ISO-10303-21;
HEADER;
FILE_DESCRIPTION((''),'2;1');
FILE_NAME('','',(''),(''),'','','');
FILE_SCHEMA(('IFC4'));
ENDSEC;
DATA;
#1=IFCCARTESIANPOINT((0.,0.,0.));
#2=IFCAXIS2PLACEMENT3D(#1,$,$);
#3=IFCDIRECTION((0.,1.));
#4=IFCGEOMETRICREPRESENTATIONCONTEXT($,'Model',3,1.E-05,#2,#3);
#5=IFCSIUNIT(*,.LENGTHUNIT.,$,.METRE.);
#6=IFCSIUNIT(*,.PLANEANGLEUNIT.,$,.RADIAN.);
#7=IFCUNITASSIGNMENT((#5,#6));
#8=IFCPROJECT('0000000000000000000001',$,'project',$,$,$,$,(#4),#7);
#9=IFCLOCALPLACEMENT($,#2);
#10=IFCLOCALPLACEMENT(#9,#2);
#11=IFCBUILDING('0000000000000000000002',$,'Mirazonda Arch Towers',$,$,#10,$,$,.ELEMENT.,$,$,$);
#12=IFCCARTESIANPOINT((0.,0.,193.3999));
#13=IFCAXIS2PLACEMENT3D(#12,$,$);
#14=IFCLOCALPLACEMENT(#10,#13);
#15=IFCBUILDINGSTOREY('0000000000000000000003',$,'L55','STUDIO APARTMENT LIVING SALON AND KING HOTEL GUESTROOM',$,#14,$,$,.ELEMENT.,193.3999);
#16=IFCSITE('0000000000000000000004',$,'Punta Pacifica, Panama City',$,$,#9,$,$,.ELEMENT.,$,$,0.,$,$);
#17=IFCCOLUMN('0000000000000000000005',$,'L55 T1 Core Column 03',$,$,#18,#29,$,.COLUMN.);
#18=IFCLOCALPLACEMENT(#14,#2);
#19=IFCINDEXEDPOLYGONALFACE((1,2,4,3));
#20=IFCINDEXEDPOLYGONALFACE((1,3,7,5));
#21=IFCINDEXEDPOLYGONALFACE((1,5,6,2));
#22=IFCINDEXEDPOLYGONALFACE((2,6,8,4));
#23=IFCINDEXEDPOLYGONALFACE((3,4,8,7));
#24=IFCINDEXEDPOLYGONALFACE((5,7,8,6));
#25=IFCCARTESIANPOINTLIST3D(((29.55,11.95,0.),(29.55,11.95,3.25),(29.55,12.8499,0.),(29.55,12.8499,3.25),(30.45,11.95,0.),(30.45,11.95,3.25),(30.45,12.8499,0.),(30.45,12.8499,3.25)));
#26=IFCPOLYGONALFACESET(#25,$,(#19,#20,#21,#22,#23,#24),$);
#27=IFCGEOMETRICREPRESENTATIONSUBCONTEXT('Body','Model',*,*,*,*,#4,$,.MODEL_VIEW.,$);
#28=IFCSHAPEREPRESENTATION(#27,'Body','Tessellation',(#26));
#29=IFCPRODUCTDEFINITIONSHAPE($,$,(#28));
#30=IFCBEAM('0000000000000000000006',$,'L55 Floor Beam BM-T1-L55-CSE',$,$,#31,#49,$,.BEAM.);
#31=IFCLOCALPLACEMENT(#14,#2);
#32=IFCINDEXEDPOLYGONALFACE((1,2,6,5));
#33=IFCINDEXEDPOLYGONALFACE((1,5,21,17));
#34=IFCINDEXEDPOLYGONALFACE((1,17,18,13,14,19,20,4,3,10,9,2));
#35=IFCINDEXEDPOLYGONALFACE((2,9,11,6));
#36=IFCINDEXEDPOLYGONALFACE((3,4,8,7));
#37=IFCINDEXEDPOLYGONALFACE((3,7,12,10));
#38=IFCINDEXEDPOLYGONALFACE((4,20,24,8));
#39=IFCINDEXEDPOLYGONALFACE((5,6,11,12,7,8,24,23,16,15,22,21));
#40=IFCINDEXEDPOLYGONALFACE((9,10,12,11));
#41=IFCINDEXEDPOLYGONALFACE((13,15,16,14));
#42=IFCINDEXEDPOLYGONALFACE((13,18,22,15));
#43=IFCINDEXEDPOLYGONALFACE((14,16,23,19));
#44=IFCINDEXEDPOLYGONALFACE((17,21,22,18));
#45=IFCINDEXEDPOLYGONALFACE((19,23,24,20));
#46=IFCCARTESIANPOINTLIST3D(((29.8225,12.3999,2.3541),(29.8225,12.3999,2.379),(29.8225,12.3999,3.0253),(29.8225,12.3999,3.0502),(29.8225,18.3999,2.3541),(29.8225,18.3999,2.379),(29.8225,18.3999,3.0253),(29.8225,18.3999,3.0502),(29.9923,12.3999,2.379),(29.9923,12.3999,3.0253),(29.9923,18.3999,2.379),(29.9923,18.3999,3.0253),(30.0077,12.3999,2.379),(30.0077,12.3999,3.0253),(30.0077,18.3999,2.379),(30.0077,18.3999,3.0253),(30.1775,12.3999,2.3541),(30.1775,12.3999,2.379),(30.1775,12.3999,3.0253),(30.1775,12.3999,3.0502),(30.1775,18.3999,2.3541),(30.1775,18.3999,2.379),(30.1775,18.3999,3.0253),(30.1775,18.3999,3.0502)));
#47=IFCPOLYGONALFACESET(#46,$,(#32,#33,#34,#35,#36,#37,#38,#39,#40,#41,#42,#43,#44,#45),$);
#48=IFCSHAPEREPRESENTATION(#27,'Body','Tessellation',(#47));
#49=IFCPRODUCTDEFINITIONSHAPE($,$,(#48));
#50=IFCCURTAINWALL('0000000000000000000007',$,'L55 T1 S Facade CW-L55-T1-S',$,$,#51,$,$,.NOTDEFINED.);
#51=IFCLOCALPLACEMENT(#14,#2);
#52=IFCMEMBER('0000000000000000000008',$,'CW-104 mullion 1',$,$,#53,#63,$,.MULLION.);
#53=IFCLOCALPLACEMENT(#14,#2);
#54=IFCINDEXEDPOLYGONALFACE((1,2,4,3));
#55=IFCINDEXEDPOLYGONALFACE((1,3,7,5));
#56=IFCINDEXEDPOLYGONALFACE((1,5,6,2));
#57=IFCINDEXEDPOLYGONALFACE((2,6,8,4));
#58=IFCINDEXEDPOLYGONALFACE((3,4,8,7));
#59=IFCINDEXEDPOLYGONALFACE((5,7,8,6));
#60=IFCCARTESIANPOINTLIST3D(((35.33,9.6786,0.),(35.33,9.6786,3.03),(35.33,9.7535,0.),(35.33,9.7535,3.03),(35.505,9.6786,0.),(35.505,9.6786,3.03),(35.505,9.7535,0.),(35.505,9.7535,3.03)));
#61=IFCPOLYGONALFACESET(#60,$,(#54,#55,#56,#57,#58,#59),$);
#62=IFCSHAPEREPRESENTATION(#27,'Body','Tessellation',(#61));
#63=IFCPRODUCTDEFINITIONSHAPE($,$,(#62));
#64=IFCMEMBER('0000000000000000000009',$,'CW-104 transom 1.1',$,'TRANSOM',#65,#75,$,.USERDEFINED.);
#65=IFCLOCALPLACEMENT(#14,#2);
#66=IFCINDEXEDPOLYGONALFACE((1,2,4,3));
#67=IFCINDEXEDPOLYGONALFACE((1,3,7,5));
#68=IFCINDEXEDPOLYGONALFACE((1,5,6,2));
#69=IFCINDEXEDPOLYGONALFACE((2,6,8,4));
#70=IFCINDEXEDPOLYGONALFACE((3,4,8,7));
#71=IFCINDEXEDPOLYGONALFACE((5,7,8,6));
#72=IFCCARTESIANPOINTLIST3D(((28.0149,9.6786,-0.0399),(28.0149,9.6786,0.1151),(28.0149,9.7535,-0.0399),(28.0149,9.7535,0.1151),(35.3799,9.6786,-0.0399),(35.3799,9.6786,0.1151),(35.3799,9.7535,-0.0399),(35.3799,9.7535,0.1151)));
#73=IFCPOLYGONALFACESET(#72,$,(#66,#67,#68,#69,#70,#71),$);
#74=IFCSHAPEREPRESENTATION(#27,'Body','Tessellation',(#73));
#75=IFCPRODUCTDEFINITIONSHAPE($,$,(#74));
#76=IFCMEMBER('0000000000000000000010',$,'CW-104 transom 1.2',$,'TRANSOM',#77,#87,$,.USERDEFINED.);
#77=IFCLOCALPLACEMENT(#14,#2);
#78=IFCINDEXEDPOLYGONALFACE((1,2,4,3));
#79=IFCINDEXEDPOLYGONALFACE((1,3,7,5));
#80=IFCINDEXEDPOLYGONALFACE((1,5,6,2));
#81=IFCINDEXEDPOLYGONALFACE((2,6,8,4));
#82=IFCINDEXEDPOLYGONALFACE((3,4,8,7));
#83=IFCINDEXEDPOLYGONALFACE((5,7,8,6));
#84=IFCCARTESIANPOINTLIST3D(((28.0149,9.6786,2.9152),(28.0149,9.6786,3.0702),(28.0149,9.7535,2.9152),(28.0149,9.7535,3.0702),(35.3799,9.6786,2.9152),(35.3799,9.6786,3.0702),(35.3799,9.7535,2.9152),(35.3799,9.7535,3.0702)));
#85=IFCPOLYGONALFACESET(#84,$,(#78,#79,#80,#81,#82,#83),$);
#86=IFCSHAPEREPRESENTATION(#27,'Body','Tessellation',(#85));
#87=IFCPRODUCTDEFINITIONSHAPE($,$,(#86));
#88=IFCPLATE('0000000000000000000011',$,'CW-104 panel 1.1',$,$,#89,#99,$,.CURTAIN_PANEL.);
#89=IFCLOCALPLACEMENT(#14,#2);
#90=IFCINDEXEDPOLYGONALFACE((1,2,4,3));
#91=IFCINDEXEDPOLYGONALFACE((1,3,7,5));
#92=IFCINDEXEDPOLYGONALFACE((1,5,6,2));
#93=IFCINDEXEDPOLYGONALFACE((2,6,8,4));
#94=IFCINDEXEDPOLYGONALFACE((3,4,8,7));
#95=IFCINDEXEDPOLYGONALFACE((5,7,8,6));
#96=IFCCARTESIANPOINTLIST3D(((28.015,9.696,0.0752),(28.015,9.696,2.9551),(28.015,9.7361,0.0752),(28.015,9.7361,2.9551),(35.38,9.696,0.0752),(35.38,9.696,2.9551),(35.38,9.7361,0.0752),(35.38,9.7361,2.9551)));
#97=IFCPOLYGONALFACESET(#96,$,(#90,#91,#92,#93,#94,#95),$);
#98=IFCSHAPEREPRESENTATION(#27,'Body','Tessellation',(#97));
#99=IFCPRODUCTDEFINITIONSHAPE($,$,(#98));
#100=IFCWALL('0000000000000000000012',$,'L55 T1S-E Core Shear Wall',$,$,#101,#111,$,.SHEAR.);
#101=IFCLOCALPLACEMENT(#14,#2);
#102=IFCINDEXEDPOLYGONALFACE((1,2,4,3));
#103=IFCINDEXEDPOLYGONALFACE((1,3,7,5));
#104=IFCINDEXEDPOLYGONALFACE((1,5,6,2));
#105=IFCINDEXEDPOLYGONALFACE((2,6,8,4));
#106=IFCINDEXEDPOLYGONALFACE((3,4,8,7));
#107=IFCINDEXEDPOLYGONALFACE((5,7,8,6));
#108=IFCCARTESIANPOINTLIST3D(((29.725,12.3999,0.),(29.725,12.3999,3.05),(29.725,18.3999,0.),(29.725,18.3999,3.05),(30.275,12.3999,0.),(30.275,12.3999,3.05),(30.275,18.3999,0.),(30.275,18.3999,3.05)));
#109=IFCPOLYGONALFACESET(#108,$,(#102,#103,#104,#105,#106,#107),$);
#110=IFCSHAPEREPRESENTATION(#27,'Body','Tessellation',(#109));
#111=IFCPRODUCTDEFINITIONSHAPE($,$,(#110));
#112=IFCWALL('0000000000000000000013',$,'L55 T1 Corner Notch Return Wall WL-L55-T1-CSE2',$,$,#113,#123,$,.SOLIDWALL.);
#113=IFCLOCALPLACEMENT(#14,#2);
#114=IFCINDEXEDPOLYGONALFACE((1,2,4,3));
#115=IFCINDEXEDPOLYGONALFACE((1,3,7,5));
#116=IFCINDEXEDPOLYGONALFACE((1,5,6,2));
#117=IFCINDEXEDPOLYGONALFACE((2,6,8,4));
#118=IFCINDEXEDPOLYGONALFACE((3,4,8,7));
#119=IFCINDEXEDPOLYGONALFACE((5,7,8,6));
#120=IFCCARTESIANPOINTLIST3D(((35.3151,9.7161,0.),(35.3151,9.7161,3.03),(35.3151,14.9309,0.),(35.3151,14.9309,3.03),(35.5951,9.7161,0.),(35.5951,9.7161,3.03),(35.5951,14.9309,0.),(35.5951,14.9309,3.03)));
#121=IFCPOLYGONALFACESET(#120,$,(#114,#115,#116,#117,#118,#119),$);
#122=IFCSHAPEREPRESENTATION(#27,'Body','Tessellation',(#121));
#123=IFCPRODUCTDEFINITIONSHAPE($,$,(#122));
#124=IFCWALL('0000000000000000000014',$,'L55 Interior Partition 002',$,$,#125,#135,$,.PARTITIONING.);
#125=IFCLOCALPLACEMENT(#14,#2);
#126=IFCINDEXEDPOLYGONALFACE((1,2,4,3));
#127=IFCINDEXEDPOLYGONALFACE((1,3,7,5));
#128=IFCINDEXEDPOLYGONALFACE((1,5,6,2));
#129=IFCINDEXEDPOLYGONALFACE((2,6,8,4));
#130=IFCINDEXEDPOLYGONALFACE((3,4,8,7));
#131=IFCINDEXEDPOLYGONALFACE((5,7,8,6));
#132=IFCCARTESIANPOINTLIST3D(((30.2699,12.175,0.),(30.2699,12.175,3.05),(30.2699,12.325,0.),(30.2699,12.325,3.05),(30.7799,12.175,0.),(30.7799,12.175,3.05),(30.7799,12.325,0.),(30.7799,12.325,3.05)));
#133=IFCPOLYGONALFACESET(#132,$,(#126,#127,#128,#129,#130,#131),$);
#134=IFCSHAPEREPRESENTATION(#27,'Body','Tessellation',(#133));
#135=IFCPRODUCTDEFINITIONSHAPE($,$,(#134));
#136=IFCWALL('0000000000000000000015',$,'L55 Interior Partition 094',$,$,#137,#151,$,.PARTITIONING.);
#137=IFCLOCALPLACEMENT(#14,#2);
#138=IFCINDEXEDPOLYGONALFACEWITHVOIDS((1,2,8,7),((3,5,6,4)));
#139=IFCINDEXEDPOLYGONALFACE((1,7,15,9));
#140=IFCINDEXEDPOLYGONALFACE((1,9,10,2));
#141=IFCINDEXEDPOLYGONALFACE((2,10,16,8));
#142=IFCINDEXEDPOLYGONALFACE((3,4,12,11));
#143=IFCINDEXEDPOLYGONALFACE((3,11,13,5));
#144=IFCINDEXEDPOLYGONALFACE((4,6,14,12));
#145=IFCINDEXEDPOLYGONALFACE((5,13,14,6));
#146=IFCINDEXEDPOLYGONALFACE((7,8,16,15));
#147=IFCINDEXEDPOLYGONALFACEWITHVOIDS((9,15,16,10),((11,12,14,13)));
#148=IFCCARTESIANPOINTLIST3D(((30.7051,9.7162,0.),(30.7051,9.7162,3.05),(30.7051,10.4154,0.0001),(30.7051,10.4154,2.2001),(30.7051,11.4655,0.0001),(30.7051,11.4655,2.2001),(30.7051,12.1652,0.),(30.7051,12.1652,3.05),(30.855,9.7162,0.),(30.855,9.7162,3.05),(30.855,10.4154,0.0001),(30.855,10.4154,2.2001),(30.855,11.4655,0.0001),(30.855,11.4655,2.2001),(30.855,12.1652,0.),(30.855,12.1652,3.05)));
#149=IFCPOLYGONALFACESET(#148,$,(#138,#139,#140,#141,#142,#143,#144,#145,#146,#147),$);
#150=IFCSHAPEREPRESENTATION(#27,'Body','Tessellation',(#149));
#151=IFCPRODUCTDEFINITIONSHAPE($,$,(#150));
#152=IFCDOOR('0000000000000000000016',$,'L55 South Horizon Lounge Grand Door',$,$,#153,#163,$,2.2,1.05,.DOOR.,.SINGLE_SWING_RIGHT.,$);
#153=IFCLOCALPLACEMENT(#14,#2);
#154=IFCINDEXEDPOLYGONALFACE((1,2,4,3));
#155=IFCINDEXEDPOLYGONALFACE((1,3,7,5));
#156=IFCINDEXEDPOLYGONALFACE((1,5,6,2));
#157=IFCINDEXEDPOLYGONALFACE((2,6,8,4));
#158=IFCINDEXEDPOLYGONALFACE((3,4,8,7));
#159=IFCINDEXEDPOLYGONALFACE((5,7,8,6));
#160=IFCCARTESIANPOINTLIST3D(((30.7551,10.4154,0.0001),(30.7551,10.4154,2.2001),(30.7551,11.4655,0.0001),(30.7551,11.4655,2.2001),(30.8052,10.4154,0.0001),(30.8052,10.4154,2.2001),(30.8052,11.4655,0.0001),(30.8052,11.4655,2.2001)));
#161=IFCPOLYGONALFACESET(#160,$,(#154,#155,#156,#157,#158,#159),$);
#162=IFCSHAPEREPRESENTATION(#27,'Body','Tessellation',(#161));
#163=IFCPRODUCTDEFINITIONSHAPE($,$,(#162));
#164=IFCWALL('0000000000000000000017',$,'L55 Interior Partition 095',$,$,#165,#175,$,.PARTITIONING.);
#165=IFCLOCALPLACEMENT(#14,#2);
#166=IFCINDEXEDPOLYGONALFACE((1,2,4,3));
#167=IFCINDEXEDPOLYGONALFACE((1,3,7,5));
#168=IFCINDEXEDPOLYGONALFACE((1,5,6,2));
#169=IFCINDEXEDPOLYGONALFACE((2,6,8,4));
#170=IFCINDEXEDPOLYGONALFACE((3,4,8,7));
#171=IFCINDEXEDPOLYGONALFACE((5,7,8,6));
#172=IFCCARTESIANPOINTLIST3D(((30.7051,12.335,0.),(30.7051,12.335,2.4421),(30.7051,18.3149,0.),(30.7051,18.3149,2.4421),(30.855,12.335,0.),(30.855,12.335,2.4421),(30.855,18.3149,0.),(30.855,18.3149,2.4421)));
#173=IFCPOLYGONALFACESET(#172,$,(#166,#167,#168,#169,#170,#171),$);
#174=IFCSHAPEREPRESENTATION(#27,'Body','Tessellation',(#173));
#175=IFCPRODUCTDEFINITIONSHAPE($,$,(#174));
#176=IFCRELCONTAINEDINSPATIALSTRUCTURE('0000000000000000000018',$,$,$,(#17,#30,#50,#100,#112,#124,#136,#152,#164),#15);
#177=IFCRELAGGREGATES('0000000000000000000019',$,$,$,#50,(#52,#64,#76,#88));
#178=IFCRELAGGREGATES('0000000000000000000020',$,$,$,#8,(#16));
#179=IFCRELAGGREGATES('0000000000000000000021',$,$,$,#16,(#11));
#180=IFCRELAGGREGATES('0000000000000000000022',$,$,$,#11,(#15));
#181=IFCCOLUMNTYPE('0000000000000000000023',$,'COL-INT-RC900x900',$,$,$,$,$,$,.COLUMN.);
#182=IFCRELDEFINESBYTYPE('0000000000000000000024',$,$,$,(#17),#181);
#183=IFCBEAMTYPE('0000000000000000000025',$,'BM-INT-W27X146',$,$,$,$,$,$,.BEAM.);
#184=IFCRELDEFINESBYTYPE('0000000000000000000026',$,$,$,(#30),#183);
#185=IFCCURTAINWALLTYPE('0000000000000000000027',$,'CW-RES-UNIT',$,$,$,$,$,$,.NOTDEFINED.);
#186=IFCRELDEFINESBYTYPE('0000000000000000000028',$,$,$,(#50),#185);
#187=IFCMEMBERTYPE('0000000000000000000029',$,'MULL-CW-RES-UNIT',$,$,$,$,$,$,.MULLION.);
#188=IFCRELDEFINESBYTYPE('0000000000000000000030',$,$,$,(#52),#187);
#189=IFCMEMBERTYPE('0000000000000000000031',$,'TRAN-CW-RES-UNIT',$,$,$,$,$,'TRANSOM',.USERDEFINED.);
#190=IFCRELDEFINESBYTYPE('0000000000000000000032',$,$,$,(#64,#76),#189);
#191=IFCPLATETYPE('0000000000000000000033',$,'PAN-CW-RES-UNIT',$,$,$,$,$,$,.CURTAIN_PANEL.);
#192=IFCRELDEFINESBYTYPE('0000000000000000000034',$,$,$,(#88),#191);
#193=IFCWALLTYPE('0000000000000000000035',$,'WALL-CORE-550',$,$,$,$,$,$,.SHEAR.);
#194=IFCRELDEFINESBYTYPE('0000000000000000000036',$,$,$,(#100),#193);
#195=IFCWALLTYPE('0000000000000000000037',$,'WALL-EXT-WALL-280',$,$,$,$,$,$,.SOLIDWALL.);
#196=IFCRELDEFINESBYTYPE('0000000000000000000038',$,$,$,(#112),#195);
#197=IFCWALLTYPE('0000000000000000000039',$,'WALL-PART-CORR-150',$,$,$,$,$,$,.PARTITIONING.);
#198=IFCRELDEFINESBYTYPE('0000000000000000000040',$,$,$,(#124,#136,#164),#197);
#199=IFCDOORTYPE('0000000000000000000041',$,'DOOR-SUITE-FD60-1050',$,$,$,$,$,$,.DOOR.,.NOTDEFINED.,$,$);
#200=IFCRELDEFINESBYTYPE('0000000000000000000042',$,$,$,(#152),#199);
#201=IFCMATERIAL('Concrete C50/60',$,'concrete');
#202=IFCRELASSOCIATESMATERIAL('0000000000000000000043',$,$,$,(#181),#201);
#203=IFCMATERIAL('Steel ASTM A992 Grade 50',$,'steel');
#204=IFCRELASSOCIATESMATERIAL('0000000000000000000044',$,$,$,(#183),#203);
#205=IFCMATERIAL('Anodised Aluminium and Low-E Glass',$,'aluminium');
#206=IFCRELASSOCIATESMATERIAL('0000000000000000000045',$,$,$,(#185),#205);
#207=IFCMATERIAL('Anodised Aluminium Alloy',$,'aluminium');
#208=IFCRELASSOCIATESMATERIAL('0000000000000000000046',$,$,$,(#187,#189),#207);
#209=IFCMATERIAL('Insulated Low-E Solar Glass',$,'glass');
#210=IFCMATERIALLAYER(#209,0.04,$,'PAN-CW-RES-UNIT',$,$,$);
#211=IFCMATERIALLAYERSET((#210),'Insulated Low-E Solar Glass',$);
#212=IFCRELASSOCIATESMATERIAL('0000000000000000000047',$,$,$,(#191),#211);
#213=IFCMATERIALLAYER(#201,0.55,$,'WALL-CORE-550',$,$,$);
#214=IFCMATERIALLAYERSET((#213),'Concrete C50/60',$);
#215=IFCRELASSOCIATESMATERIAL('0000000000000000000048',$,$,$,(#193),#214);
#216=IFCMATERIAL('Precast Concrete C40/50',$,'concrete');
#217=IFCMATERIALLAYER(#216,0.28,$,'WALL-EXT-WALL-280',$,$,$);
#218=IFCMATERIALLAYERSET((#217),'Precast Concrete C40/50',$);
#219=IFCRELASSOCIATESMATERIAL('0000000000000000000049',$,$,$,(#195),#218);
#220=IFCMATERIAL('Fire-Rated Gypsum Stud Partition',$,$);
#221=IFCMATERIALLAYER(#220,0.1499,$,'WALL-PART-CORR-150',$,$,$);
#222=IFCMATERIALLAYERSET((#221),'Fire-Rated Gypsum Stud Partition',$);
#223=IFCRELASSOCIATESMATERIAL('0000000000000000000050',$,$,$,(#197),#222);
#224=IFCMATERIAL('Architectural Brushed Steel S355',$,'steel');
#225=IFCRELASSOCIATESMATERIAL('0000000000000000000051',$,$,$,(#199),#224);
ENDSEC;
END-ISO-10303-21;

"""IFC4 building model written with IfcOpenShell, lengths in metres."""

from ifc_helpers import new_model, si_unit, direction, frame, frame_2d, origin, origin_2d, place, context, subcontext, project, spatial, rectangle, i_section, extrude, material, layer, layer_set, material_profile, profile_set, type_object, element, fill, aggregate, save


model = new_model("IFC4")

# Units and contexts
model_context = context("Model", 3, precision=1e-05, world=origin(), true_north=direction((0.0, 1.0)))
body_context = subcontext(model_context, "Body", "Model", "MODEL_VIEW")
ifc_project = project(units=[si_unit("LENGTHUNIT", "METRE"), si_unit("PLANEANGLEUNIT", "RADIAN")], contexts=[model_context])

# Site, building, storey
site_placement = place(None, origin())
site = spatial("IfcSite", under=ifc_project, at=site_placement, Name="Punta Pacifica, Panama City", CompositionType="ELEMENT", RefElevation=0.0)
building_placement = place(site_placement, origin())
building = spatial("IfcBuilding", under=site, at=building_placement, Name="Mirazonda Arch Towers", CompositionType="ELEMENT")
storey_placement = place(building_placement, frame((0.0, 0.0, 193.3999)))
storey = spatial("IfcBuildingStorey", under=building, at=storey_placement, Name="L55", Description="STUDIO APARTMENT LIVING SALON AND KING HOTEL GUESTROOM", CompositionType="ELEMENT", Elevation=193.3999)

# Column
ifc_material_1 = material(Name="Concrete C50/60", Category="concrete")
ifc_material_profile_1 = material_profile(ifc_material_1, rectangle(XDim=0.8999, YDim=0.8999, at=origin_2d()), Name="RC900x900")
ifc_profile_set_1 = profile_set([ifc_material_profile_1], Name="Concrete C50/60")
column_type = type_object("IfcColumnType", Name="COL-INT-RC900x900", PredefinedType="COLUMN", material=ifc_profile_set_1)
column_placement = place(storey_placement, frame((30.0, 12.3999, 0.0), z_axis=(0.0, 0.0, 1.0), x_axis=(1.0, 0.0, 0.0)))
element("IfcColumn", 1, at=column_placement, inside=storey, type_object=column_type, Name="L55 T1 Core Column 03", PredefinedType="COLUMN", context=body_context, shape_type="SweptSolid", body=[
    extrude(rectangle(XDim=0.8999, YDim=0.8999, at=origin_2d()), origin(), (0.0, 0.0, 1.0), 3.25),
])

# Beam
ifc_material_2 = material(Name="Steel ASTM A992 Grade 50", Category="steel")
ifc_material_profile_2 = material_profile(ifc_material_2, i_section(OverallWidth=0.355, OverallDepth=0.696, WebThickness=0.0154, FlangeThickness=0.0249, at=origin_2d()), Name="W27X146")
ifc_profile_set_2 = profile_set([ifc_material_profile_2], Name="Steel ASTM A992 Grade 50")
beam_type = type_object("IfcBeamType", Name="BM-INT-W27X146", PredefinedType="BEAM", material=ifc_profile_set_2)
beam_placement = place(storey_placement, frame((30.0, 12.3999, 2.7021), z_axis=(0.0, 1.0, 0.0), x_axis=(-1.0, 0.0, 0.0)))
element("IfcBeam", 2, at=beam_placement, inside=storey, type_object=beam_type, Name="L55 Floor Beam BM-T1-L55-CSE", PredefinedType="BEAM", context=body_context, shape_type="SweptSolid", body=[
    extrude(i_section(OverallWidth=0.355, OverallDepth=0.696, WebThickness=0.0154, FlangeThickness=0.0249, at=origin_2d()), origin(), (0.0, 0.0, 1.0), 6.0),
])

# Curtain wall, members, plate
ifc_material_3 = material(Name="Anodised Aluminium and Low-E Glass", Category="aluminium")
curtain_wall_type = type_object("IfcCurtainWallType", Name="CW-RES-UNIT", PredefinedType="NOTDEFINED", material=ifc_material_3)
curtain_wall_placement = place(storey_placement, origin())
curtain_wall = element("IfcCurtainWall", 3, at=curtain_wall_placement, inside=storey, type_object=curtain_wall_type, Name="L55 T1 S Facade CW-L55-T1-S", PredefinedType="NOTDEFINED")
ifc_material_4 = material(Name="Anodised Aluminium Alloy", Category="aluminium")
ifc_material_profile_3 = material_profile(ifc_material_4, rectangle(XDim=0.075, YDim=0.175, at=origin_2d()), Name="ALU-MULL-75x175")
ifc_profile_set_3 = profile_set([ifc_material_profile_3], Name="Anodised Aluminium Alloy")
member_type_1 = type_object("IfcMemberType", Name="MULL-CW-RES-UNIT", PredefinedType="MULLION", material=ifc_profile_set_3)
member_1_placement = place(storey_placement, frame((35.4175, 9.7161, 0.0), z_axis=(0.0, 0.0, 1.0), x_axis=(0.0, -1.0, 0.0)))
member_1 = element("IfcMember", 4, at=member_1_placement, type_object=member_type_1, Name="CW-104 mullion 1", PredefinedType="MULLION", context=body_context, shape_type="SweptSolid", body=[
    extrude(rectangle(XDim=0.075, YDim=0.175, at=origin_2d()), origin(), (0.0, 0.0, 1.0), 3.03),
])
ifc_material_profile_4 = material_profile(ifc_material_4, rectangle(XDim=0.075, YDim=0.155, at=origin_2d()), Name="ALU-TRAN-75x155")
ifc_profile_set_4 = profile_set([ifc_material_profile_4], Name="Anodised Aluminium Alloy")
member_type_2 = type_object("IfcMemberType", Name="TRAN-CW-RES-UNIT", ElementType="TRANSOM", PredefinedType="USERDEFINED", material=ifc_profile_set_4)
member_2_placement = place(storey_placement, frame((35.3799, 9.7161, 0.0376), z_axis=(-1.0, 0.0, 0.0), x_axis=(0.0, -1.0, 0.0)))
member_2 = element("IfcMember", 5, at=member_2_placement, type_object=member_type_2, Name="CW-104 transom 1.1", ObjectType="TRANSOM", PredefinedType="USERDEFINED", context=body_context, shape_type="SweptSolid", body=[
    extrude(rectangle(XDim=0.075, YDim=0.155, at=origin_2d()), origin(), (0.0, 0.0, 1.0), 7.365),
])
member_3_placement = place(storey_placement, frame((35.3799, 9.7161, 2.9927), z_axis=(-1.0, 0.0, 0.0), x_axis=(0.0, -1.0, 0.0)))
member_3 = element("IfcMember", 6, at=member_3_placement, type_object=member_type_2, Name="CW-104 transom 1.2", ObjectType="TRANSOM", PredefinedType="USERDEFINED", context=body_context, shape_type="SweptSolid", body=[
    extrude(rectangle(XDim=0.075, YDim=0.155, at=origin_2d()), origin(), (0.0, 0.0, 1.0), 7.365),
])
ifc_material_5 = material(Name="Insulated Low-E Solar Glass", Category="glass")
ifc_layer_1 = layer(ifc_material_5, 0.04, Name="PAN-CW-RES-UNIT")
ifc_layer_set_1 = layer_set([ifc_layer_1], Name="Insulated Low-E Solar Glass")
plate_type = type_object("IfcPlateType", Name="PAN-CW-RES-UNIT", PredefinedType="CURTAIN_PANEL", material=ifc_layer_set_1)
plate_placement = place(storey_placement, frame((31.6975, 9.7161, 0.0752), z_axis=(0.0, 0.0, 1.0), x_axis=(-1.0, 0.0, 0.0)))
plate = element("IfcPlate", 7, at=plate_placement, type_object=plate_type, Name="CW-104 panel 1.1", PredefinedType="CURTAIN_PANEL", context=body_context, shape_type="SweptSolid", body=[
    extrude(rectangle(XDim=7.365, YDim=0.04, at=origin_2d()), origin(), (0.0, 0.0, 1.0), 2.8799),
])
aggregate(curtain_wall, [member_1, member_2, member_3, plate])

# Walls
ifc_layer_2 = layer(ifc_material_1, 0.55, Name="WALL-CORE-550")
ifc_layer_set_2 = layer_set([ifc_layer_2], Name="Concrete C50/60")
wall_type_1 = type_object("IfcWallType", Name="WALL-CORE-550", PredefinedType="SHEAR", material=ifc_layer_set_2)
wall_1_placement = place(storey_placement, frame((30.0, 12.3999, 0.0), z_axis=(0.0, 0.0, 1.0), x_axis=(0.0, 1.0, 0.0)))
element("IfcWall", 8, at=wall_1_placement, inside=storey, type_object=wall_type_1, Name="L55 T1S-E Core Shear Wall", PredefinedType="SHEAR", context=body_context, shape_type="SweptSolid", body=[
    extrude(rectangle(XDim=6.0, YDim=0.55, at=frame_2d((3.0, 0.0))), origin(), (0.0, 0.0, 1.0), 3.05),
])
ifc_material_6 = material(Name="Precast Concrete C40/50", Category="concrete")
ifc_layer_3 = layer(ifc_material_6, 0.28, Name="WALL-EXT-WALL-280")
ifc_layer_set_3 = layer_set([ifc_layer_3], Name="Precast Concrete C40/50")
wall_type_2 = type_object("IfcWallType", Name="WALL-EXT-WALL-280", PredefinedType="SOLIDWALL", material=ifc_layer_set_3)
wall_2_placement = place(storey_placement, frame((35.4551, 9.7161, 0.0), z_axis=(0.0, 0.0, 1.0), x_axis=(0.0, 1.0, 0.0)))
element("IfcWall", 9, at=wall_2_placement, inside=storey, type_object=wall_type_2, Name="L55 T1 Corner Notch Return Wall WL-L55-T1-CSE2", PredefinedType="SOLIDWALL", context=body_context, shape_type="SweptSolid", body=[
    extrude(rectangle(XDim=5.2148, YDim=0.28, at=frame_2d((2.6074, 0.0))), origin(), (0.0, 0.0, 1.0), 3.03),
])
ifc_material_7 = material(Name="Fire-Rated Gypsum Stud Partition")
ifc_layer_4 = layer(ifc_material_7, 0.1499, Name="WALL-PART-CORR-150")
ifc_layer_set_4 = layer_set([ifc_layer_4], Name="Fire-Rated Gypsum Stud Partition")
wall_type_3 = type_object("IfcWallType", Name="WALL-PART-CORR-150", PredefinedType="PARTITIONING", material=ifc_layer_set_4)
wall_3_placement = place(storey_placement, frame((30.27, 12.25, 0.0), z_axis=(0.0, 0.0, 1.0), x_axis=(1.0, 0.0, 0.0)))
element("IfcWall", 10, at=wall_3_placement, inside=storey, type_object=wall_type_3, Name="L55 Interior Partition 002", PredefinedType="PARTITIONING", context=body_context, shape_type="SweptSolid", body=[
    extrude(rectangle(XDim=0.51, YDim=0.1499, at=frame_2d((0.2549, 0.0))), origin(), (0.0, 0.0, 1.0), 3.05),
])

# Wall, opening, door
wall_4_placement = place(storey_placement, frame((30.78, 9.7161, 0.0), z_axis=(0.0, 0.0, 1.0), x_axis=(0.0, 1.0, 0.0)))
wall_4 = element("IfcWall", 11, at=wall_4_placement, inside=storey, type_object=wall_type_3, Name="L55 Interior Partition 094", PredefinedType="PARTITIONING", context=body_context, shape_type="SweptSolid", body=[
    extrude(rectangle(XDim=2.449, YDim=0.1499, at=frame_2d((1.2246, 0.0))), origin(), (0.0, 0.0, 1.0), 3.05),
])
opening_1_placement = place(wall_4_placement, frame((0.6995, 0.0, 0.0)))
opening_1 = element("IfcOpeningElement", 12, at=opening_1_placement, cuts=wall_4, PredefinedType="OPENING", context=body_context, shape_type="SweptSolid", body=[
    extrude(rectangle(XDim=1.05, YDim=2.2, at=frame_2d((0.5249, 1.1001))), frame((0.0, 0.085, 0.0), z_axis=(0.0, -1.0, 0.0), x_axis=(1.0, 0.0, 0.0)), (0.0, 0.0, 1.0), 0.1699),
])
ifc_material_8 = material(Name="Architectural Brushed Steel S355", Category="steel")
door_type_1 = type_object("IfcDoorType", Name="DOOR-SUITE-FD60-1050", OperationType="NOTDEFINED", PredefinedType="DOOR", material=ifc_material_8)
door_1_placement = place(opening_1_placement, origin())
door_1 = element("IfcDoor", 13, at=door_1_placement, inside=storey, type_object=door_type_1, Name="L55 South Horizon Lounge Grand Door", OperationType="SINGLE_SWING_RIGHT", OverallHeight=2.2, OverallWidth=1.05, PredefinedType="DOOR", context=body_context, shape_type="SweptSolid", body=[
    extrude(rectangle(XDim=1.05, YDim=2.2, at=frame_2d((0.5249, 1.1001))), frame((0.0, 0.0249, 0.0), z_axis=(0.0, -1.0, 0.0), x_axis=(1.0, 0.0, 0.0)), (0.0, 0.0, 1.0), 0.05),
])
fill(opening_1, door_1)

# Wall
wall_5_placement = place(storey_placement, frame((30.78, 12.335, 0.0), z_axis=(0.0, 0.0, 1.0), x_axis=(0.0, 1.0, 0.0)))
element("IfcWall", 14, at=wall_5_placement, inside=storey, type_object=wall_type_3, Name="L55 Interior Partition 095", PredefinedType="PARTITIONING", context=body_context, shape_type="SweptSolid", body=[
    extrude(rectangle(XDim=5.98, YDim=0.1499, at=frame_2d((2.99, 0.0))), origin(), (0.0, 0.0, 1.0), 2.4421),
])

save(model, "model.ifc")
